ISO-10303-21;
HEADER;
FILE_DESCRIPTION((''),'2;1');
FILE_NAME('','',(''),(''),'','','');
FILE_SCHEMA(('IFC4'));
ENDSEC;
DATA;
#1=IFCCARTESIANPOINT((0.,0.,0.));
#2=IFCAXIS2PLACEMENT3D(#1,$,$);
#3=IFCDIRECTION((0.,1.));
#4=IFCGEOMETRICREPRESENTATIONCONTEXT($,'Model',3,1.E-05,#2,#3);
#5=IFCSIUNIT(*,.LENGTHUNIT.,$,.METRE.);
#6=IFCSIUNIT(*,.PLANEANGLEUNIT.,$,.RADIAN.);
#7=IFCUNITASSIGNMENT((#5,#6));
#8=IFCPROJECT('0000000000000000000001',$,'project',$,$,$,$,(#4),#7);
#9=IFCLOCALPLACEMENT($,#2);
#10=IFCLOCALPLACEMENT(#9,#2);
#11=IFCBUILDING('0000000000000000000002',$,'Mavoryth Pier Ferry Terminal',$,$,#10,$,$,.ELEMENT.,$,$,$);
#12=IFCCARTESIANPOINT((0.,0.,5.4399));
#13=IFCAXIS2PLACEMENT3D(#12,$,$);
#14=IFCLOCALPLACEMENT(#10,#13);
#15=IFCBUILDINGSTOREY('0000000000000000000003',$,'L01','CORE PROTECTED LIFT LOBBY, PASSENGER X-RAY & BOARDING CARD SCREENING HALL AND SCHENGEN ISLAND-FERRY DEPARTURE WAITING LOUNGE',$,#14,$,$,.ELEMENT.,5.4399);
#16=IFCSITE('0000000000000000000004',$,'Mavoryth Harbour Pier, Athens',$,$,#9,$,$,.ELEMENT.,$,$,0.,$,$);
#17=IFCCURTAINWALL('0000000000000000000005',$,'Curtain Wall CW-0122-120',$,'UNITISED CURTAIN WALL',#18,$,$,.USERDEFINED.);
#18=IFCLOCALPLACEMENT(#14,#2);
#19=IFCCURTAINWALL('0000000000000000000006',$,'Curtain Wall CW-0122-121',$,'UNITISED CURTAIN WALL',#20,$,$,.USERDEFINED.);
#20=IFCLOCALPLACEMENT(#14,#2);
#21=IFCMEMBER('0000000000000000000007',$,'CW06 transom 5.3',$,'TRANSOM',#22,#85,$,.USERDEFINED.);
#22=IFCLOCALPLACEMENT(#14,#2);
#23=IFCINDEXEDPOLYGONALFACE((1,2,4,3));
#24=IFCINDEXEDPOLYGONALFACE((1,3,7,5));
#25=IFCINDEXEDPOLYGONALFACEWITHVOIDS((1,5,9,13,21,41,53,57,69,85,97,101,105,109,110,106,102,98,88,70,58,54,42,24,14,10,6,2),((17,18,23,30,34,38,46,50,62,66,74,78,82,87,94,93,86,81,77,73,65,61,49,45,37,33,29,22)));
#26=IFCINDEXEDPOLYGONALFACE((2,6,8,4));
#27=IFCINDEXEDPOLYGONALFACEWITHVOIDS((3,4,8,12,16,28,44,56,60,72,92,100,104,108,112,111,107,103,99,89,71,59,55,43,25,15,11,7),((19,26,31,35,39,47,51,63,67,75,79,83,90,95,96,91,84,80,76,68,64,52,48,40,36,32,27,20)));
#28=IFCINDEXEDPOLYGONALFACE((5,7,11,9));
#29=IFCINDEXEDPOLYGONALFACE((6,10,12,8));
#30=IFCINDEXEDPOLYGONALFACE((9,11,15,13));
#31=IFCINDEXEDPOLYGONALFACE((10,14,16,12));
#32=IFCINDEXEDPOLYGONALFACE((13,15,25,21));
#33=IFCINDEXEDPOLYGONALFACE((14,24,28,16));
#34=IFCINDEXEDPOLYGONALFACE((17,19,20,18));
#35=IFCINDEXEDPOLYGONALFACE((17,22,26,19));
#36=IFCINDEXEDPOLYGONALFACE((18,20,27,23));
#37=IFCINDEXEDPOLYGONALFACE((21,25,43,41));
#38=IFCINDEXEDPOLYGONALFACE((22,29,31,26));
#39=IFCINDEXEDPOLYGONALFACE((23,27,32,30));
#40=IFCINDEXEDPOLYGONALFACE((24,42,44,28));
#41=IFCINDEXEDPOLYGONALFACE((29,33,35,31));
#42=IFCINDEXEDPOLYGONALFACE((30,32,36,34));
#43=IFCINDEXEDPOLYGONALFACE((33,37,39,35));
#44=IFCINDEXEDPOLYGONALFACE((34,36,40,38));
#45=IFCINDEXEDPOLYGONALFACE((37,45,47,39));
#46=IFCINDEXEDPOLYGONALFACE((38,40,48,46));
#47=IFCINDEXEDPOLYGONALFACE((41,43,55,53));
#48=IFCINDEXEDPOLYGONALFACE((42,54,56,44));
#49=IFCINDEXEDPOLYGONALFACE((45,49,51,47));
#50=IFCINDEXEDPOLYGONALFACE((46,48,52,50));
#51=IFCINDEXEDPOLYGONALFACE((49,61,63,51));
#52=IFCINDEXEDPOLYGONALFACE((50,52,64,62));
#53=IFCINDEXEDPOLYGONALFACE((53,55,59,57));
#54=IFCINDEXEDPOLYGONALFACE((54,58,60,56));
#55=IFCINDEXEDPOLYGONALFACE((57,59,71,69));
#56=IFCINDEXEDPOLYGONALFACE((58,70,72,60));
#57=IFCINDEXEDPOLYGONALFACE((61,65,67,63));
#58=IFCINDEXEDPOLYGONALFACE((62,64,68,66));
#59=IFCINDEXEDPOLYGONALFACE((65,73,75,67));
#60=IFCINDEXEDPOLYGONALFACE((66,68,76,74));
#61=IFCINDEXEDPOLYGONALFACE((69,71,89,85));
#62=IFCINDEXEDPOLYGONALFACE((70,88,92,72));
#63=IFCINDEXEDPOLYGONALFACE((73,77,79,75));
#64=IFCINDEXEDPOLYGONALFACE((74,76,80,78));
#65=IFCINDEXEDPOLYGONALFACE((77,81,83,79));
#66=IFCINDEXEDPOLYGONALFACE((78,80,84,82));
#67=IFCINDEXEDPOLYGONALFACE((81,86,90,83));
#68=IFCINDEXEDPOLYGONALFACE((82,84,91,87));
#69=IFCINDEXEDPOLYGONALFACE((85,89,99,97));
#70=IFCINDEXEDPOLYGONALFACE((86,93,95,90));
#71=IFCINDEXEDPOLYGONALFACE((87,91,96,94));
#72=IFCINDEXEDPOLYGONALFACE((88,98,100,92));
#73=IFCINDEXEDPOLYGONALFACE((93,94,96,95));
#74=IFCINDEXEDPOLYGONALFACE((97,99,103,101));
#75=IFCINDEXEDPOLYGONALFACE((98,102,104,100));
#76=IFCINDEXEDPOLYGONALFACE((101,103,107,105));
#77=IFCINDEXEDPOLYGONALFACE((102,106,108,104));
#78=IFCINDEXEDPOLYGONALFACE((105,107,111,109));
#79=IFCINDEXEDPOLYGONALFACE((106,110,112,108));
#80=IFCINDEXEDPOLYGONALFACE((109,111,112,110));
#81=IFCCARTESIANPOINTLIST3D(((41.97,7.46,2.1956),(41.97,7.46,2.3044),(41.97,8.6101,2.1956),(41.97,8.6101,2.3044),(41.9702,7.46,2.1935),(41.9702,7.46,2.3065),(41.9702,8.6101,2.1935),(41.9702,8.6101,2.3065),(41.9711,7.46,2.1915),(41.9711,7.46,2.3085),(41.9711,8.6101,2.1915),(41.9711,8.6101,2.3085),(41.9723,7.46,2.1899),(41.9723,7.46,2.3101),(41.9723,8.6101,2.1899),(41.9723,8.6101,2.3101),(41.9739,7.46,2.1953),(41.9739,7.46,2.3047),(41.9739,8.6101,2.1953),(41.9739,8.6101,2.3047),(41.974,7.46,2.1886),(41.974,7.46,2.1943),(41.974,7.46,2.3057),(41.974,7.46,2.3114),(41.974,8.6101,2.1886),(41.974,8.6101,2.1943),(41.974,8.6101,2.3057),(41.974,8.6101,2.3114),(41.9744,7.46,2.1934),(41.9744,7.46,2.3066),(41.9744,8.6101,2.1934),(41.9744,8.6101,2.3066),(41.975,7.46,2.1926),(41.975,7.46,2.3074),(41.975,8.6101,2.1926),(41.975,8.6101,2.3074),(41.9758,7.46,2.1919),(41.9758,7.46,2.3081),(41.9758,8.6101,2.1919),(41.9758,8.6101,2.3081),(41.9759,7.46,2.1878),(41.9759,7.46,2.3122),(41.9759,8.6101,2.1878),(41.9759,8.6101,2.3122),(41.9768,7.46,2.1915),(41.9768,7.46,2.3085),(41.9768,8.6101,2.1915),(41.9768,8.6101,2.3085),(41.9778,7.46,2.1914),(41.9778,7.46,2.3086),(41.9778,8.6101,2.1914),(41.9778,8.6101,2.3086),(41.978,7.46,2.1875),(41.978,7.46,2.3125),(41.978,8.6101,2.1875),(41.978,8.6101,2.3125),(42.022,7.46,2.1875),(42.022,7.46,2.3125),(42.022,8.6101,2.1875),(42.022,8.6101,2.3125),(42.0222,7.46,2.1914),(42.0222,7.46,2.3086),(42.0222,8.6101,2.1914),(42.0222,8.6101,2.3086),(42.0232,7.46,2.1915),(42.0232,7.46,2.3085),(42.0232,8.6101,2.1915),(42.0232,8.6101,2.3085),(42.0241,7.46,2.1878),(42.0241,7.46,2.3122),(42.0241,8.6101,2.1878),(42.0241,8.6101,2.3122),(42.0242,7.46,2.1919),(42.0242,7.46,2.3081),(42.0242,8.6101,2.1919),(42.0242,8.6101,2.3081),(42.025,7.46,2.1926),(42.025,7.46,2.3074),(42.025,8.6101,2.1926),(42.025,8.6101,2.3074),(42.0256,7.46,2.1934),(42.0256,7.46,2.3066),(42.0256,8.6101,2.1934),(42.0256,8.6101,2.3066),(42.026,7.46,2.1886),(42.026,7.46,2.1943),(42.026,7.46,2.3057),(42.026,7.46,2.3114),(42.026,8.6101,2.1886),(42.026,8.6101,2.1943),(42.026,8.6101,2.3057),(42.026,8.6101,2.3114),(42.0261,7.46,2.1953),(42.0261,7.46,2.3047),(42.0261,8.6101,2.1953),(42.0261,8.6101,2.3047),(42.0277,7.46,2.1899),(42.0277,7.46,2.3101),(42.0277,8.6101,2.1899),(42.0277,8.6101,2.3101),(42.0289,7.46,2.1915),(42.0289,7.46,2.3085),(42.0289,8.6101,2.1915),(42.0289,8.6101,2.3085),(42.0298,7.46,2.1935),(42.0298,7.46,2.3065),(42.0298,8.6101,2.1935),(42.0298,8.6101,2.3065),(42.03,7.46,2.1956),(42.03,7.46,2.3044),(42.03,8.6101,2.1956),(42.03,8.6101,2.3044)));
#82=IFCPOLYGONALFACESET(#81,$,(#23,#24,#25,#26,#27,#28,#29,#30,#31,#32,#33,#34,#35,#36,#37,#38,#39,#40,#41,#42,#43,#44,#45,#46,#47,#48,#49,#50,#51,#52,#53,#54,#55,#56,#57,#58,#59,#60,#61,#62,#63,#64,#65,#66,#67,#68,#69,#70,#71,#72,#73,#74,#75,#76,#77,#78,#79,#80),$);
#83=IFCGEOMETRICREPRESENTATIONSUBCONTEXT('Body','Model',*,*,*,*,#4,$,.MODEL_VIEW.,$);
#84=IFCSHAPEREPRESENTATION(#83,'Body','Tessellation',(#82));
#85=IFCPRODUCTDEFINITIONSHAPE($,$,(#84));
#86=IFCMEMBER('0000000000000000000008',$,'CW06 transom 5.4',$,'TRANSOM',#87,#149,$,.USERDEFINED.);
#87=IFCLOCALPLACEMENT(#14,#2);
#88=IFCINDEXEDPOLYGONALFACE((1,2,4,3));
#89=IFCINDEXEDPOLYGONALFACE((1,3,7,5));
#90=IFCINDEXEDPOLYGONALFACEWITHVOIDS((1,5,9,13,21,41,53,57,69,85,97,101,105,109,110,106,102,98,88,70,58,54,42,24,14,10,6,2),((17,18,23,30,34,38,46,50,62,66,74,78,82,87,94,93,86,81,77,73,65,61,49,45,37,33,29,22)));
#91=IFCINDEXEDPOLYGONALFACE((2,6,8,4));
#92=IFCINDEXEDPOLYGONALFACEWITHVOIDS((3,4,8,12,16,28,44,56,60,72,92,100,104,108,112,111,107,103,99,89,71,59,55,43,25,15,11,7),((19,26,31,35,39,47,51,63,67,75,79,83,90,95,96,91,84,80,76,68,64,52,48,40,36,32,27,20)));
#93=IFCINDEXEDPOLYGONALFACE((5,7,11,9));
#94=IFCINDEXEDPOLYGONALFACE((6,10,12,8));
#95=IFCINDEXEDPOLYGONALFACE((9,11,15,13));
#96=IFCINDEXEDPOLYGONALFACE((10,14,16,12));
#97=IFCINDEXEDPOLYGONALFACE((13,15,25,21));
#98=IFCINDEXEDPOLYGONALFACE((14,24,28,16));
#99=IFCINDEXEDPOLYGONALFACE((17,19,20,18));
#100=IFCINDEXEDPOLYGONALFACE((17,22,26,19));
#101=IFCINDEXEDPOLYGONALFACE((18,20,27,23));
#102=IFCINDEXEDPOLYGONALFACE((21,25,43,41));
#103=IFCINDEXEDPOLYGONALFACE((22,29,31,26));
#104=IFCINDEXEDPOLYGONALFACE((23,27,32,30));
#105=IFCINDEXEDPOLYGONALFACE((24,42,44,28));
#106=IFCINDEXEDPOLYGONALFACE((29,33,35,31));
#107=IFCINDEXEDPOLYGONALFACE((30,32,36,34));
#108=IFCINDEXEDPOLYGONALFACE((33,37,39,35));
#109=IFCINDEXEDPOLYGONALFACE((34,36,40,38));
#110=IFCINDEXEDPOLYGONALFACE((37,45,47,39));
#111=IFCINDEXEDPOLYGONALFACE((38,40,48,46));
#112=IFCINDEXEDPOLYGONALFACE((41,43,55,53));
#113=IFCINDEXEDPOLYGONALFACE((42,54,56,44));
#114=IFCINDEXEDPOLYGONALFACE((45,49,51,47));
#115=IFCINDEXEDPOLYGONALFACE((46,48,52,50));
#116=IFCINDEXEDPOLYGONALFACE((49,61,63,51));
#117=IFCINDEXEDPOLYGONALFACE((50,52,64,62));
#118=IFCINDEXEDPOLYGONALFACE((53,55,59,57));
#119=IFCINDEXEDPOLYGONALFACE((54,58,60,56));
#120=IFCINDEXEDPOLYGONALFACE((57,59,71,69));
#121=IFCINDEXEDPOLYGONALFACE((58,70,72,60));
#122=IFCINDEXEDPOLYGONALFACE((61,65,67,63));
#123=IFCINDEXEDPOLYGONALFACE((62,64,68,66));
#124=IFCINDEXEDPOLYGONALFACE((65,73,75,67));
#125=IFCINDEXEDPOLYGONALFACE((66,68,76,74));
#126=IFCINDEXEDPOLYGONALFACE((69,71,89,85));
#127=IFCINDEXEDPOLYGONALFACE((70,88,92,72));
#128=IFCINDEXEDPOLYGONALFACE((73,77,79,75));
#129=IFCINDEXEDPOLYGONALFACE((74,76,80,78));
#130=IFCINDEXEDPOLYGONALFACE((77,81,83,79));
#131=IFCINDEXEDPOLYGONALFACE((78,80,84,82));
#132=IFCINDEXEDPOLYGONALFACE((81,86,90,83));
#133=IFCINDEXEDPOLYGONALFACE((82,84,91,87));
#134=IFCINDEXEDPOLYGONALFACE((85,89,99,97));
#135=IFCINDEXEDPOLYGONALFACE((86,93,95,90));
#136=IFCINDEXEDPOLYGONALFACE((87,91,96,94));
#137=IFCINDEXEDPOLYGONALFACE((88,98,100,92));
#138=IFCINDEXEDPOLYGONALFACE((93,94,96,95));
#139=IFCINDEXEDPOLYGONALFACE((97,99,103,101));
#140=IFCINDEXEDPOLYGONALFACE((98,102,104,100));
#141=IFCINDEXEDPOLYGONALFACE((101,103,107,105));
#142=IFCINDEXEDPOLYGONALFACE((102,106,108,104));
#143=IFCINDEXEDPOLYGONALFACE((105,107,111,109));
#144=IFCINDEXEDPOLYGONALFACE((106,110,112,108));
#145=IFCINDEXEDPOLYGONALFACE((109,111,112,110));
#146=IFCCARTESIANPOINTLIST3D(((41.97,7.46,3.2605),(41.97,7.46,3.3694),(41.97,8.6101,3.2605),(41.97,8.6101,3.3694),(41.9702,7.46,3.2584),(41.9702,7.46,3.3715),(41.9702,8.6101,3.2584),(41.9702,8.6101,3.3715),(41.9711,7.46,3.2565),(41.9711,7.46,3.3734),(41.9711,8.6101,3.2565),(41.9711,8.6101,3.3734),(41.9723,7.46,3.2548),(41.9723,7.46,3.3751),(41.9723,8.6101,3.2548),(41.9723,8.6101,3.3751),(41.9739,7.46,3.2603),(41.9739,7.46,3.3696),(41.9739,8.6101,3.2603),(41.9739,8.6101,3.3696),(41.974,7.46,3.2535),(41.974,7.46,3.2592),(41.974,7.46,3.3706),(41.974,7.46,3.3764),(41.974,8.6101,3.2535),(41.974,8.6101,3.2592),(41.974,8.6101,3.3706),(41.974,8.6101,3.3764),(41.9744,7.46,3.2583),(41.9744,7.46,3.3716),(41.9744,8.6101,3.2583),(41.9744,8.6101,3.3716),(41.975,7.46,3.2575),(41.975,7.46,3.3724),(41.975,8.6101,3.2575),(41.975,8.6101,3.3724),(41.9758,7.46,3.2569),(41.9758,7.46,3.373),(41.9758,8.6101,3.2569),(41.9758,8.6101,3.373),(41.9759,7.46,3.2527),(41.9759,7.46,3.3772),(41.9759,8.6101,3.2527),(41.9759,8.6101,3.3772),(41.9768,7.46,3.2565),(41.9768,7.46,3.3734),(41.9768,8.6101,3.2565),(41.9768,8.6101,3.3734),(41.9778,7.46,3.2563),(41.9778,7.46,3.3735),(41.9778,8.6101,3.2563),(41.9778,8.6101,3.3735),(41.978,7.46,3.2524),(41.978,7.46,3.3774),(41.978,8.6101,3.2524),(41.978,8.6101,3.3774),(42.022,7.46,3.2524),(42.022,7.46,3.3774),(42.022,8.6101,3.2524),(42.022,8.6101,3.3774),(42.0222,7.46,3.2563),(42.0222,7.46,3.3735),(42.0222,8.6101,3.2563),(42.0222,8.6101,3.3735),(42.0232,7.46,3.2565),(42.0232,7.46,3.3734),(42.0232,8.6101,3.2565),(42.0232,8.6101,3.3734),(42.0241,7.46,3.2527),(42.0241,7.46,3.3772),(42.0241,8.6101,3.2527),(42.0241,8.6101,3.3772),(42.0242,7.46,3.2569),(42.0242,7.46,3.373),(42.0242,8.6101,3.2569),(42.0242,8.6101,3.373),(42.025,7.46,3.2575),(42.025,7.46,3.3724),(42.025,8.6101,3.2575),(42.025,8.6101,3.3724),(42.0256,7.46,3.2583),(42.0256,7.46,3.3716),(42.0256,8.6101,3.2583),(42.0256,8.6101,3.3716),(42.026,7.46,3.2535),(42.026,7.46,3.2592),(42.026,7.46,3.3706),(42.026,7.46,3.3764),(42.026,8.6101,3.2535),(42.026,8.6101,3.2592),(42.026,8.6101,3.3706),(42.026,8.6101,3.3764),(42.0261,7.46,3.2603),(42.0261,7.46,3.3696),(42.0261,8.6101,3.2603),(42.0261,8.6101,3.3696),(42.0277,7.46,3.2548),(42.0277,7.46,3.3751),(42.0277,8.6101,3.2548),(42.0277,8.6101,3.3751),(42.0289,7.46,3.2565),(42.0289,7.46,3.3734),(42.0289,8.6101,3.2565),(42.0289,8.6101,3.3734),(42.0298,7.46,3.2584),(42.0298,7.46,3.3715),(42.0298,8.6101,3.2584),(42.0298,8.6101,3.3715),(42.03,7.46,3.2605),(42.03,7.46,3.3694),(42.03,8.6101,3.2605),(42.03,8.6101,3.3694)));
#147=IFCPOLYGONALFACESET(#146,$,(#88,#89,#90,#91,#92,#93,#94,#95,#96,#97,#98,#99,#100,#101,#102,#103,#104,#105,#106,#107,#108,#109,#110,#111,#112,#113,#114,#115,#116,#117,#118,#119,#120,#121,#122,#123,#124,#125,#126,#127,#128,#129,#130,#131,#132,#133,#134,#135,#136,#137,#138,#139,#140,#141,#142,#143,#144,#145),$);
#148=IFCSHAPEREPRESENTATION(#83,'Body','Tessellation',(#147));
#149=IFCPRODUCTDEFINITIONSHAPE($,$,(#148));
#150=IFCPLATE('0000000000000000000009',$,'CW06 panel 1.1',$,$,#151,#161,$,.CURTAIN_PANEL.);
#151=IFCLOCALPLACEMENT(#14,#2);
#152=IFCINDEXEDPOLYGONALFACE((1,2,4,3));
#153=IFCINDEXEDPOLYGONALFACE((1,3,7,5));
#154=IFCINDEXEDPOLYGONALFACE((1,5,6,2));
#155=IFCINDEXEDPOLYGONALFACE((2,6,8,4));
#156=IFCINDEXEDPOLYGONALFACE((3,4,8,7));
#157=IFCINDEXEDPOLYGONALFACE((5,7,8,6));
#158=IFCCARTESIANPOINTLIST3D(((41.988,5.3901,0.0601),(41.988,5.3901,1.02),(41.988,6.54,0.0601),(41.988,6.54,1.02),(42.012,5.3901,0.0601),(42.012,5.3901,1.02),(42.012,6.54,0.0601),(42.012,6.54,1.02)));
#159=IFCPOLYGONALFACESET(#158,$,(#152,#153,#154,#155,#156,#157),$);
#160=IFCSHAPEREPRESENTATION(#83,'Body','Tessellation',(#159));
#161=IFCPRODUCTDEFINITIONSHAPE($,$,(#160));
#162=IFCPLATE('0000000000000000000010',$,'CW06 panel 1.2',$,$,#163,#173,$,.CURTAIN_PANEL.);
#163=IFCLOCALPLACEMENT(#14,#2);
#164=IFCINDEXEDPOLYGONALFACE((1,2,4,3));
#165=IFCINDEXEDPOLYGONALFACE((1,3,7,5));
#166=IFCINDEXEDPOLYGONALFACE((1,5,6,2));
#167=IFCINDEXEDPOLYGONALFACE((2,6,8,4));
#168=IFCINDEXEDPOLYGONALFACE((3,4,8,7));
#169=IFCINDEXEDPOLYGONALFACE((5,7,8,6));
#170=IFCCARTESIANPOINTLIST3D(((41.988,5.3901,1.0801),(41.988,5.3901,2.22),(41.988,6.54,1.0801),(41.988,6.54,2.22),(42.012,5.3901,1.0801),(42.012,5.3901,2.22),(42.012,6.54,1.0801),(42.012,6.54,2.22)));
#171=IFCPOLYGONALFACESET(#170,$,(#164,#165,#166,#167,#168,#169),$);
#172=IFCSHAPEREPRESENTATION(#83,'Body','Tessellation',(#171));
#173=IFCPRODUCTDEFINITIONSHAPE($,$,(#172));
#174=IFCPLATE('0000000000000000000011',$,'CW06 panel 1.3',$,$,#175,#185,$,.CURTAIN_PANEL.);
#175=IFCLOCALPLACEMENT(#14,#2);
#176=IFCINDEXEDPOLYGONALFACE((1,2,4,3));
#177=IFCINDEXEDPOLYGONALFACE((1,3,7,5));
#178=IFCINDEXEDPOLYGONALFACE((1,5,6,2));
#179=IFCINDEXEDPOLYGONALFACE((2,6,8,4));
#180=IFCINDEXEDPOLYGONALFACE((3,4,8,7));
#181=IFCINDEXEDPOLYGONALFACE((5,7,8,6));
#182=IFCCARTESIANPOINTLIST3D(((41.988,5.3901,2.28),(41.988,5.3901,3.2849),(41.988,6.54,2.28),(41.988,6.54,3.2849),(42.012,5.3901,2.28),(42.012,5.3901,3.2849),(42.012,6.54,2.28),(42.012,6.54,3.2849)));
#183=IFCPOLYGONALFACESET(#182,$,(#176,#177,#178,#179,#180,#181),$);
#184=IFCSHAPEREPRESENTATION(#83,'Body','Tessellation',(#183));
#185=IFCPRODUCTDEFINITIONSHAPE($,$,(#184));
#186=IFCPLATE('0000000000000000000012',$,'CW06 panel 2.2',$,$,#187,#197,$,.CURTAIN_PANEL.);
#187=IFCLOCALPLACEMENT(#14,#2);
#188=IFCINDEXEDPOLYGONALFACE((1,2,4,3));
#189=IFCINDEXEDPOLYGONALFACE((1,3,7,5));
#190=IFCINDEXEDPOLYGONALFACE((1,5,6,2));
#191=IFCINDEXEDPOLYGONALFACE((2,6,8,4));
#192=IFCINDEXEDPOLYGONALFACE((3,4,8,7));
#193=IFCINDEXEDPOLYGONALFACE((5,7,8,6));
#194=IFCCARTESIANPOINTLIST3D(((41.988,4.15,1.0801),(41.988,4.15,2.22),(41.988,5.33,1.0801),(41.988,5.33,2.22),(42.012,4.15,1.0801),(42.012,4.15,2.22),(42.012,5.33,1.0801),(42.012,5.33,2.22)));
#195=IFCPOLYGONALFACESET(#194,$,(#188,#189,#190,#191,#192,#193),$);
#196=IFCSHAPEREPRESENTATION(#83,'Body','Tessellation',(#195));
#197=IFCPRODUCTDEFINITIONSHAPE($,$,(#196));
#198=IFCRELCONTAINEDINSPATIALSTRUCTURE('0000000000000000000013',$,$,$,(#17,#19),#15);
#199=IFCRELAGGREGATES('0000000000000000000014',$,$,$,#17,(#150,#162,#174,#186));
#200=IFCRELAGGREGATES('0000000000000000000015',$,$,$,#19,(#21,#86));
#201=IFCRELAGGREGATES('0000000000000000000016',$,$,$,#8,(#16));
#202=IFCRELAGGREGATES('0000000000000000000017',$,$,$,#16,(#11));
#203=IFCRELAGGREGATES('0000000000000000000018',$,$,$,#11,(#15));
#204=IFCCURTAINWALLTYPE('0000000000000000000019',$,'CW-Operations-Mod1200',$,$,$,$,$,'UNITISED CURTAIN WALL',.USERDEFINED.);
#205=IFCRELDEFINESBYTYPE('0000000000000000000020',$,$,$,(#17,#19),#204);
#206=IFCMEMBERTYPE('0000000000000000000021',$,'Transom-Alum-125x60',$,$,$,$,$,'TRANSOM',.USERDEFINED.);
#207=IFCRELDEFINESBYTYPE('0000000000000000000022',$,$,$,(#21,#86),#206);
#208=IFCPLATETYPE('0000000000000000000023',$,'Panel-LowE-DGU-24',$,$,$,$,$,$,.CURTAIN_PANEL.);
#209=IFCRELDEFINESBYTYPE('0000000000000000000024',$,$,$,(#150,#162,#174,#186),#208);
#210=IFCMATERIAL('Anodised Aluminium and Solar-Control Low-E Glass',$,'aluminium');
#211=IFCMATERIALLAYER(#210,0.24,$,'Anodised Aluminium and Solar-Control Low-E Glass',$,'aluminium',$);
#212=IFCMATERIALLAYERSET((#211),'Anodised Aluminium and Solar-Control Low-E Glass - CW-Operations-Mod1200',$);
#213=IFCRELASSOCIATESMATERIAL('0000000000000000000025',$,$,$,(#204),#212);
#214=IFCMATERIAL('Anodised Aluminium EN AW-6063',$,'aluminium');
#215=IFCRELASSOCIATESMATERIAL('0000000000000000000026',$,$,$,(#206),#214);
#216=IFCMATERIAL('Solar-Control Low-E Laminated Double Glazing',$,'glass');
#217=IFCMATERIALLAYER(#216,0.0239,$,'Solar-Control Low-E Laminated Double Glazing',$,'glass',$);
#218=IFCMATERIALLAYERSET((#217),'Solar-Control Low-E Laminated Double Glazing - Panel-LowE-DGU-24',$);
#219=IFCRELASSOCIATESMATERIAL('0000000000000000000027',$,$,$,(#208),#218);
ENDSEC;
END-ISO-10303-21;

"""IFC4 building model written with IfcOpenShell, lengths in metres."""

from ifc_helpers import new_model, si_unit, direction, frame, origin, origin_2d, place, context, subcontext, project, spatial, rectangle, hollow_rectangle, extrude, material, layer, layer_set, material_profile, profile_set, type_object, element, aggregate, save


model = new_model("IFC4")

# Units and contexts
model_context = context("Model", 3, precision=1e-05, world=origin(), true_north=direction((0.0, 1.0)))
body_context = subcontext(model_context, "Body", "Model", "MODEL_VIEW")
ifc_project = project(units=[si_unit("LENGTHUNIT", "METRE"), si_unit("PLANEANGLEUNIT", "RADIAN")], contexts=[model_context])

# Site, building, storey
site_placement = place(None, origin())
site = spatial("IfcSite", under=ifc_project, at=site_placement, Name="Mavoryth Harbour Pier, Athens", CompositionType="ELEMENT", RefElevation=0.0)
building_placement = place(site_placement, origin())
building = spatial("IfcBuilding", under=site, at=building_placement, Name="Mavoryth Pier Ferry Terminal", CompositionType="ELEMENT")
storey_placement = place(building_placement, frame((0.0, 0.0, 5.4399)))
storey = spatial("IfcBuildingStorey", under=building, at=storey_placement, Name="L01", Description="CORE PROTECTED LIFT LOBBY, PASSENGER X-RAY & BOARDING CARD SCREENING HALL AND SCHENGEN ISLAND-FERRY DEPARTURE WAITING LOUNGE", CompositionType="ELEMENT", Elevation=5.4399)

# Curtain walls
ifc_material_1 = material(Name="Anodised Aluminium and Solar-Control Low-E Glass", Category="aluminium")
ifc_layer_1 = layer(ifc_material_1, 0.24, Name="Anodised Aluminium and Solar-Control Low-E Glass", Category="aluminium")
ifc_layer_set_1 = layer_set([ifc_layer_1], Name="Anodised Aluminium and Solar-Control Low-E Glass - CW-Operations-Mod1200")
curtain_wall_type = type_object("IfcCurtainWallType", Name="CW-Operations-Mod1200", ElementType="UNITISED CURTAIN WALL", PredefinedType="USERDEFINED", material=ifc_layer_set_1)
curtain_wall_1_placement = place(storey_placement, origin())
curtain_wall_1 = element("IfcCurtainWall", 1, at=curtain_wall_1_placement, inside=storey, type_object=curtain_wall_type, Name="Curtain Wall CW-0122-120", ObjectType="UNITISED CURTAIN WALL", PredefinedType="USERDEFINED")
ifc_material_2 = material(Name="Anodised Aluminium EN AW-6063", Category="aluminium")
curtain_wall_2_placement = place(storey_placement, origin())
curtain_wall_2 = element("IfcCurtainWall", 2, at=curtain_wall_2_placement, inside=storey, type_object=curtain_wall_type, Name="Curtain Wall CW-0122-121", ObjectType="UNITISED CURTAIN WALL", PredefinedType="USERDEFINED")

# Members
ifc_material_profile_1 = material_profile(ifc_material_2, hollow_rectangle(XDim=0.0601, YDim=0.125, WallThickness=0.0039, InnerFilletRadius=0.0039, OuterFilletRadius=0.0081, at=origin_2d()), Name="AL-TRAN 125x60x4", Category="aluminium")
ifc_profile_set_1 = profile_set([ifc_material_profile_1], Name="Anodised Aluminium EN AW-6063 - AL-TRAN 125x60x4")
member_type_1 = type_object("IfcMemberType", Name="Transom-Alum-125x60", ElementType="TRANSOM", PredefinedType="USERDEFINED", material=ifc_profile_set_1)
member_1_placement = place(storey_placement, frame((42.0, 8.6101, 2.25), z_axis=(0.0, -1.0, 0.0), x_axis=(1.0, 0.0, 0.0)))
member_1 = element("IfcMember", 3, at=member_1_placement, type_object=member_type_1, Name="CW06 transom 5.3", ObjectType="TRANSOM", PredefinedType="USERDEFINED", context=body_context, shape_type="SweptSolid", body=[
    extrude(hollow_rectangle(XDim=0.0601, YDim=0.125, WallThickness=0.0039, InnerFilletRadius=0.0039, OuterFilletRadius=0.0081, at=origin_2d()), origin(), (0.0, 0.0, 1.0), 1.1501),
])
member_2_placement = place(storey_placement, frame((42.0, 8.6101, 3.3149), z_axis=(0.0, -1.0, 0.0), x_axis=(1.0, 0.0, 0.0)))
member_2 = element("IfcMember", 4, at=member_2_placement, type_object=member_type_1, Name="CW06 transom 5.4", ObjectType="TRANSOM", PredefinedType="USERDEFINED", context=body_context, shape_type="SweptSolid", body=[
    extrude(hollow_rectangle(XDim=0.0601, YDim=0.125, WallThickness=0.0039, InnerFilletRadius=0.0039, OuterFilletRadius=0.0081, at=origin_2d()), origin(), (0.0, 0.0, 1.0), 1.1501),
])

# Plates
ifc_material_3 = material(Name="Solar-Control Low-E Laminated Double Glazing", Category="glass")
ifc_layer_2 = layer(ifc_material_3, 0.0239, Name="Solar-Control Low-E Laminated Double Glazing", Category="glass")
ifc_layer_set_2 = layer_set([ifc_layer_2], Name="Solar-Control Low-E Laminated Double Glazing - Panel-LowE-DGU-24")
plate_type = type_object("IfcPlateType", Name="Panel-LowE-DGU-24", PredefinedType="CURTAIN_PANEL", material=ifc_layer_set_2)
plate_1_placement = place(storey_placement, frame((42.0, 5.9651, 0.0601), z_axis=(0.0, 0.0, 1.0), x_axis=(0.0, -1.0, 0.0)))
plate_1 = element("IfcPlate", 5, at=plate_1_placement, type_object=plate_type, Name="CW06 panel 1.1", PredefinedType="CURTAIN_PANEL", context=body_context, shape_type="SweptSolid", body=[
    extrude(rectangle(XDim=1.1499, YDim=0.0239, at=origin_2d()), origin(), (0.0, 0.0, 1.0), 0.96),
])
plate_2_placement = place(storey_placement, frame((42.0, 5.9651, 1.0801), z_axis=(0.0, 0.0, 1.0), x_axis=(0.0, -1.0, 0.0)))
plate_2 = element("IfcPlate", 6, at=plate_2_placement, type_object=plate_type, Name="CW06 panel 1.2", PredefinedType="CURTAIN_PANEL", context=body_context, shape_type="SweptSolid", body=[
    extrude(rectangle(XDim=1.1499, YDim=0.0239, at=origin_2d()), origin(), (0.0, 0.0, 1.0), 1.1399),
])
plate_3_placement = place(storey_placement, frame((42.0, 5.9651, 2.28), z_axis=(0.0, 0.0, 1.0), x_axis=(0.0, -1.0, 0.0)))
plate_3 = element("IfcPlate", 7, at=plate_3_placement, type_object=plate_type, Name="CW06 panel 1.3", PredefinedType="CURTAIN_PANEL", context=body_context, shape_type="SweptSolid", body=[
    extrude(rectangle(XDim=1.1499, YDim=0.0239, at=origin_2d()), origin(), (0.0, 0.0, 1.0), 1.0049),
])
plate_4_placement = place(storey_placement, frame((42.0, 4.74, 1.0801), z_axis=(0.0, 0.0, 1.0), x_axis=(0.0, -1.0, 0.0)))
plate_4 = element("IfcPlate", 8, at=plate_4_placement, type_object=plate_type, Name="CW06 panel 2.2", PredefinedType="CURTAIN_PANEL", context=body_context, shape_type="SweptSolid", body=[
    extrude(rectangle(XDim=1.1799, YDim=0.0239, at=origin_2d()), origin(), (0.0, 0.0, 1.0), 1.1399),
])
aggregate(curtain_wall_1, [plate_1, plate_2, plate_3, plate_4])
aggregate(curtain_wall_2, [member_1, member_2])

save(model, "model.ifc")
